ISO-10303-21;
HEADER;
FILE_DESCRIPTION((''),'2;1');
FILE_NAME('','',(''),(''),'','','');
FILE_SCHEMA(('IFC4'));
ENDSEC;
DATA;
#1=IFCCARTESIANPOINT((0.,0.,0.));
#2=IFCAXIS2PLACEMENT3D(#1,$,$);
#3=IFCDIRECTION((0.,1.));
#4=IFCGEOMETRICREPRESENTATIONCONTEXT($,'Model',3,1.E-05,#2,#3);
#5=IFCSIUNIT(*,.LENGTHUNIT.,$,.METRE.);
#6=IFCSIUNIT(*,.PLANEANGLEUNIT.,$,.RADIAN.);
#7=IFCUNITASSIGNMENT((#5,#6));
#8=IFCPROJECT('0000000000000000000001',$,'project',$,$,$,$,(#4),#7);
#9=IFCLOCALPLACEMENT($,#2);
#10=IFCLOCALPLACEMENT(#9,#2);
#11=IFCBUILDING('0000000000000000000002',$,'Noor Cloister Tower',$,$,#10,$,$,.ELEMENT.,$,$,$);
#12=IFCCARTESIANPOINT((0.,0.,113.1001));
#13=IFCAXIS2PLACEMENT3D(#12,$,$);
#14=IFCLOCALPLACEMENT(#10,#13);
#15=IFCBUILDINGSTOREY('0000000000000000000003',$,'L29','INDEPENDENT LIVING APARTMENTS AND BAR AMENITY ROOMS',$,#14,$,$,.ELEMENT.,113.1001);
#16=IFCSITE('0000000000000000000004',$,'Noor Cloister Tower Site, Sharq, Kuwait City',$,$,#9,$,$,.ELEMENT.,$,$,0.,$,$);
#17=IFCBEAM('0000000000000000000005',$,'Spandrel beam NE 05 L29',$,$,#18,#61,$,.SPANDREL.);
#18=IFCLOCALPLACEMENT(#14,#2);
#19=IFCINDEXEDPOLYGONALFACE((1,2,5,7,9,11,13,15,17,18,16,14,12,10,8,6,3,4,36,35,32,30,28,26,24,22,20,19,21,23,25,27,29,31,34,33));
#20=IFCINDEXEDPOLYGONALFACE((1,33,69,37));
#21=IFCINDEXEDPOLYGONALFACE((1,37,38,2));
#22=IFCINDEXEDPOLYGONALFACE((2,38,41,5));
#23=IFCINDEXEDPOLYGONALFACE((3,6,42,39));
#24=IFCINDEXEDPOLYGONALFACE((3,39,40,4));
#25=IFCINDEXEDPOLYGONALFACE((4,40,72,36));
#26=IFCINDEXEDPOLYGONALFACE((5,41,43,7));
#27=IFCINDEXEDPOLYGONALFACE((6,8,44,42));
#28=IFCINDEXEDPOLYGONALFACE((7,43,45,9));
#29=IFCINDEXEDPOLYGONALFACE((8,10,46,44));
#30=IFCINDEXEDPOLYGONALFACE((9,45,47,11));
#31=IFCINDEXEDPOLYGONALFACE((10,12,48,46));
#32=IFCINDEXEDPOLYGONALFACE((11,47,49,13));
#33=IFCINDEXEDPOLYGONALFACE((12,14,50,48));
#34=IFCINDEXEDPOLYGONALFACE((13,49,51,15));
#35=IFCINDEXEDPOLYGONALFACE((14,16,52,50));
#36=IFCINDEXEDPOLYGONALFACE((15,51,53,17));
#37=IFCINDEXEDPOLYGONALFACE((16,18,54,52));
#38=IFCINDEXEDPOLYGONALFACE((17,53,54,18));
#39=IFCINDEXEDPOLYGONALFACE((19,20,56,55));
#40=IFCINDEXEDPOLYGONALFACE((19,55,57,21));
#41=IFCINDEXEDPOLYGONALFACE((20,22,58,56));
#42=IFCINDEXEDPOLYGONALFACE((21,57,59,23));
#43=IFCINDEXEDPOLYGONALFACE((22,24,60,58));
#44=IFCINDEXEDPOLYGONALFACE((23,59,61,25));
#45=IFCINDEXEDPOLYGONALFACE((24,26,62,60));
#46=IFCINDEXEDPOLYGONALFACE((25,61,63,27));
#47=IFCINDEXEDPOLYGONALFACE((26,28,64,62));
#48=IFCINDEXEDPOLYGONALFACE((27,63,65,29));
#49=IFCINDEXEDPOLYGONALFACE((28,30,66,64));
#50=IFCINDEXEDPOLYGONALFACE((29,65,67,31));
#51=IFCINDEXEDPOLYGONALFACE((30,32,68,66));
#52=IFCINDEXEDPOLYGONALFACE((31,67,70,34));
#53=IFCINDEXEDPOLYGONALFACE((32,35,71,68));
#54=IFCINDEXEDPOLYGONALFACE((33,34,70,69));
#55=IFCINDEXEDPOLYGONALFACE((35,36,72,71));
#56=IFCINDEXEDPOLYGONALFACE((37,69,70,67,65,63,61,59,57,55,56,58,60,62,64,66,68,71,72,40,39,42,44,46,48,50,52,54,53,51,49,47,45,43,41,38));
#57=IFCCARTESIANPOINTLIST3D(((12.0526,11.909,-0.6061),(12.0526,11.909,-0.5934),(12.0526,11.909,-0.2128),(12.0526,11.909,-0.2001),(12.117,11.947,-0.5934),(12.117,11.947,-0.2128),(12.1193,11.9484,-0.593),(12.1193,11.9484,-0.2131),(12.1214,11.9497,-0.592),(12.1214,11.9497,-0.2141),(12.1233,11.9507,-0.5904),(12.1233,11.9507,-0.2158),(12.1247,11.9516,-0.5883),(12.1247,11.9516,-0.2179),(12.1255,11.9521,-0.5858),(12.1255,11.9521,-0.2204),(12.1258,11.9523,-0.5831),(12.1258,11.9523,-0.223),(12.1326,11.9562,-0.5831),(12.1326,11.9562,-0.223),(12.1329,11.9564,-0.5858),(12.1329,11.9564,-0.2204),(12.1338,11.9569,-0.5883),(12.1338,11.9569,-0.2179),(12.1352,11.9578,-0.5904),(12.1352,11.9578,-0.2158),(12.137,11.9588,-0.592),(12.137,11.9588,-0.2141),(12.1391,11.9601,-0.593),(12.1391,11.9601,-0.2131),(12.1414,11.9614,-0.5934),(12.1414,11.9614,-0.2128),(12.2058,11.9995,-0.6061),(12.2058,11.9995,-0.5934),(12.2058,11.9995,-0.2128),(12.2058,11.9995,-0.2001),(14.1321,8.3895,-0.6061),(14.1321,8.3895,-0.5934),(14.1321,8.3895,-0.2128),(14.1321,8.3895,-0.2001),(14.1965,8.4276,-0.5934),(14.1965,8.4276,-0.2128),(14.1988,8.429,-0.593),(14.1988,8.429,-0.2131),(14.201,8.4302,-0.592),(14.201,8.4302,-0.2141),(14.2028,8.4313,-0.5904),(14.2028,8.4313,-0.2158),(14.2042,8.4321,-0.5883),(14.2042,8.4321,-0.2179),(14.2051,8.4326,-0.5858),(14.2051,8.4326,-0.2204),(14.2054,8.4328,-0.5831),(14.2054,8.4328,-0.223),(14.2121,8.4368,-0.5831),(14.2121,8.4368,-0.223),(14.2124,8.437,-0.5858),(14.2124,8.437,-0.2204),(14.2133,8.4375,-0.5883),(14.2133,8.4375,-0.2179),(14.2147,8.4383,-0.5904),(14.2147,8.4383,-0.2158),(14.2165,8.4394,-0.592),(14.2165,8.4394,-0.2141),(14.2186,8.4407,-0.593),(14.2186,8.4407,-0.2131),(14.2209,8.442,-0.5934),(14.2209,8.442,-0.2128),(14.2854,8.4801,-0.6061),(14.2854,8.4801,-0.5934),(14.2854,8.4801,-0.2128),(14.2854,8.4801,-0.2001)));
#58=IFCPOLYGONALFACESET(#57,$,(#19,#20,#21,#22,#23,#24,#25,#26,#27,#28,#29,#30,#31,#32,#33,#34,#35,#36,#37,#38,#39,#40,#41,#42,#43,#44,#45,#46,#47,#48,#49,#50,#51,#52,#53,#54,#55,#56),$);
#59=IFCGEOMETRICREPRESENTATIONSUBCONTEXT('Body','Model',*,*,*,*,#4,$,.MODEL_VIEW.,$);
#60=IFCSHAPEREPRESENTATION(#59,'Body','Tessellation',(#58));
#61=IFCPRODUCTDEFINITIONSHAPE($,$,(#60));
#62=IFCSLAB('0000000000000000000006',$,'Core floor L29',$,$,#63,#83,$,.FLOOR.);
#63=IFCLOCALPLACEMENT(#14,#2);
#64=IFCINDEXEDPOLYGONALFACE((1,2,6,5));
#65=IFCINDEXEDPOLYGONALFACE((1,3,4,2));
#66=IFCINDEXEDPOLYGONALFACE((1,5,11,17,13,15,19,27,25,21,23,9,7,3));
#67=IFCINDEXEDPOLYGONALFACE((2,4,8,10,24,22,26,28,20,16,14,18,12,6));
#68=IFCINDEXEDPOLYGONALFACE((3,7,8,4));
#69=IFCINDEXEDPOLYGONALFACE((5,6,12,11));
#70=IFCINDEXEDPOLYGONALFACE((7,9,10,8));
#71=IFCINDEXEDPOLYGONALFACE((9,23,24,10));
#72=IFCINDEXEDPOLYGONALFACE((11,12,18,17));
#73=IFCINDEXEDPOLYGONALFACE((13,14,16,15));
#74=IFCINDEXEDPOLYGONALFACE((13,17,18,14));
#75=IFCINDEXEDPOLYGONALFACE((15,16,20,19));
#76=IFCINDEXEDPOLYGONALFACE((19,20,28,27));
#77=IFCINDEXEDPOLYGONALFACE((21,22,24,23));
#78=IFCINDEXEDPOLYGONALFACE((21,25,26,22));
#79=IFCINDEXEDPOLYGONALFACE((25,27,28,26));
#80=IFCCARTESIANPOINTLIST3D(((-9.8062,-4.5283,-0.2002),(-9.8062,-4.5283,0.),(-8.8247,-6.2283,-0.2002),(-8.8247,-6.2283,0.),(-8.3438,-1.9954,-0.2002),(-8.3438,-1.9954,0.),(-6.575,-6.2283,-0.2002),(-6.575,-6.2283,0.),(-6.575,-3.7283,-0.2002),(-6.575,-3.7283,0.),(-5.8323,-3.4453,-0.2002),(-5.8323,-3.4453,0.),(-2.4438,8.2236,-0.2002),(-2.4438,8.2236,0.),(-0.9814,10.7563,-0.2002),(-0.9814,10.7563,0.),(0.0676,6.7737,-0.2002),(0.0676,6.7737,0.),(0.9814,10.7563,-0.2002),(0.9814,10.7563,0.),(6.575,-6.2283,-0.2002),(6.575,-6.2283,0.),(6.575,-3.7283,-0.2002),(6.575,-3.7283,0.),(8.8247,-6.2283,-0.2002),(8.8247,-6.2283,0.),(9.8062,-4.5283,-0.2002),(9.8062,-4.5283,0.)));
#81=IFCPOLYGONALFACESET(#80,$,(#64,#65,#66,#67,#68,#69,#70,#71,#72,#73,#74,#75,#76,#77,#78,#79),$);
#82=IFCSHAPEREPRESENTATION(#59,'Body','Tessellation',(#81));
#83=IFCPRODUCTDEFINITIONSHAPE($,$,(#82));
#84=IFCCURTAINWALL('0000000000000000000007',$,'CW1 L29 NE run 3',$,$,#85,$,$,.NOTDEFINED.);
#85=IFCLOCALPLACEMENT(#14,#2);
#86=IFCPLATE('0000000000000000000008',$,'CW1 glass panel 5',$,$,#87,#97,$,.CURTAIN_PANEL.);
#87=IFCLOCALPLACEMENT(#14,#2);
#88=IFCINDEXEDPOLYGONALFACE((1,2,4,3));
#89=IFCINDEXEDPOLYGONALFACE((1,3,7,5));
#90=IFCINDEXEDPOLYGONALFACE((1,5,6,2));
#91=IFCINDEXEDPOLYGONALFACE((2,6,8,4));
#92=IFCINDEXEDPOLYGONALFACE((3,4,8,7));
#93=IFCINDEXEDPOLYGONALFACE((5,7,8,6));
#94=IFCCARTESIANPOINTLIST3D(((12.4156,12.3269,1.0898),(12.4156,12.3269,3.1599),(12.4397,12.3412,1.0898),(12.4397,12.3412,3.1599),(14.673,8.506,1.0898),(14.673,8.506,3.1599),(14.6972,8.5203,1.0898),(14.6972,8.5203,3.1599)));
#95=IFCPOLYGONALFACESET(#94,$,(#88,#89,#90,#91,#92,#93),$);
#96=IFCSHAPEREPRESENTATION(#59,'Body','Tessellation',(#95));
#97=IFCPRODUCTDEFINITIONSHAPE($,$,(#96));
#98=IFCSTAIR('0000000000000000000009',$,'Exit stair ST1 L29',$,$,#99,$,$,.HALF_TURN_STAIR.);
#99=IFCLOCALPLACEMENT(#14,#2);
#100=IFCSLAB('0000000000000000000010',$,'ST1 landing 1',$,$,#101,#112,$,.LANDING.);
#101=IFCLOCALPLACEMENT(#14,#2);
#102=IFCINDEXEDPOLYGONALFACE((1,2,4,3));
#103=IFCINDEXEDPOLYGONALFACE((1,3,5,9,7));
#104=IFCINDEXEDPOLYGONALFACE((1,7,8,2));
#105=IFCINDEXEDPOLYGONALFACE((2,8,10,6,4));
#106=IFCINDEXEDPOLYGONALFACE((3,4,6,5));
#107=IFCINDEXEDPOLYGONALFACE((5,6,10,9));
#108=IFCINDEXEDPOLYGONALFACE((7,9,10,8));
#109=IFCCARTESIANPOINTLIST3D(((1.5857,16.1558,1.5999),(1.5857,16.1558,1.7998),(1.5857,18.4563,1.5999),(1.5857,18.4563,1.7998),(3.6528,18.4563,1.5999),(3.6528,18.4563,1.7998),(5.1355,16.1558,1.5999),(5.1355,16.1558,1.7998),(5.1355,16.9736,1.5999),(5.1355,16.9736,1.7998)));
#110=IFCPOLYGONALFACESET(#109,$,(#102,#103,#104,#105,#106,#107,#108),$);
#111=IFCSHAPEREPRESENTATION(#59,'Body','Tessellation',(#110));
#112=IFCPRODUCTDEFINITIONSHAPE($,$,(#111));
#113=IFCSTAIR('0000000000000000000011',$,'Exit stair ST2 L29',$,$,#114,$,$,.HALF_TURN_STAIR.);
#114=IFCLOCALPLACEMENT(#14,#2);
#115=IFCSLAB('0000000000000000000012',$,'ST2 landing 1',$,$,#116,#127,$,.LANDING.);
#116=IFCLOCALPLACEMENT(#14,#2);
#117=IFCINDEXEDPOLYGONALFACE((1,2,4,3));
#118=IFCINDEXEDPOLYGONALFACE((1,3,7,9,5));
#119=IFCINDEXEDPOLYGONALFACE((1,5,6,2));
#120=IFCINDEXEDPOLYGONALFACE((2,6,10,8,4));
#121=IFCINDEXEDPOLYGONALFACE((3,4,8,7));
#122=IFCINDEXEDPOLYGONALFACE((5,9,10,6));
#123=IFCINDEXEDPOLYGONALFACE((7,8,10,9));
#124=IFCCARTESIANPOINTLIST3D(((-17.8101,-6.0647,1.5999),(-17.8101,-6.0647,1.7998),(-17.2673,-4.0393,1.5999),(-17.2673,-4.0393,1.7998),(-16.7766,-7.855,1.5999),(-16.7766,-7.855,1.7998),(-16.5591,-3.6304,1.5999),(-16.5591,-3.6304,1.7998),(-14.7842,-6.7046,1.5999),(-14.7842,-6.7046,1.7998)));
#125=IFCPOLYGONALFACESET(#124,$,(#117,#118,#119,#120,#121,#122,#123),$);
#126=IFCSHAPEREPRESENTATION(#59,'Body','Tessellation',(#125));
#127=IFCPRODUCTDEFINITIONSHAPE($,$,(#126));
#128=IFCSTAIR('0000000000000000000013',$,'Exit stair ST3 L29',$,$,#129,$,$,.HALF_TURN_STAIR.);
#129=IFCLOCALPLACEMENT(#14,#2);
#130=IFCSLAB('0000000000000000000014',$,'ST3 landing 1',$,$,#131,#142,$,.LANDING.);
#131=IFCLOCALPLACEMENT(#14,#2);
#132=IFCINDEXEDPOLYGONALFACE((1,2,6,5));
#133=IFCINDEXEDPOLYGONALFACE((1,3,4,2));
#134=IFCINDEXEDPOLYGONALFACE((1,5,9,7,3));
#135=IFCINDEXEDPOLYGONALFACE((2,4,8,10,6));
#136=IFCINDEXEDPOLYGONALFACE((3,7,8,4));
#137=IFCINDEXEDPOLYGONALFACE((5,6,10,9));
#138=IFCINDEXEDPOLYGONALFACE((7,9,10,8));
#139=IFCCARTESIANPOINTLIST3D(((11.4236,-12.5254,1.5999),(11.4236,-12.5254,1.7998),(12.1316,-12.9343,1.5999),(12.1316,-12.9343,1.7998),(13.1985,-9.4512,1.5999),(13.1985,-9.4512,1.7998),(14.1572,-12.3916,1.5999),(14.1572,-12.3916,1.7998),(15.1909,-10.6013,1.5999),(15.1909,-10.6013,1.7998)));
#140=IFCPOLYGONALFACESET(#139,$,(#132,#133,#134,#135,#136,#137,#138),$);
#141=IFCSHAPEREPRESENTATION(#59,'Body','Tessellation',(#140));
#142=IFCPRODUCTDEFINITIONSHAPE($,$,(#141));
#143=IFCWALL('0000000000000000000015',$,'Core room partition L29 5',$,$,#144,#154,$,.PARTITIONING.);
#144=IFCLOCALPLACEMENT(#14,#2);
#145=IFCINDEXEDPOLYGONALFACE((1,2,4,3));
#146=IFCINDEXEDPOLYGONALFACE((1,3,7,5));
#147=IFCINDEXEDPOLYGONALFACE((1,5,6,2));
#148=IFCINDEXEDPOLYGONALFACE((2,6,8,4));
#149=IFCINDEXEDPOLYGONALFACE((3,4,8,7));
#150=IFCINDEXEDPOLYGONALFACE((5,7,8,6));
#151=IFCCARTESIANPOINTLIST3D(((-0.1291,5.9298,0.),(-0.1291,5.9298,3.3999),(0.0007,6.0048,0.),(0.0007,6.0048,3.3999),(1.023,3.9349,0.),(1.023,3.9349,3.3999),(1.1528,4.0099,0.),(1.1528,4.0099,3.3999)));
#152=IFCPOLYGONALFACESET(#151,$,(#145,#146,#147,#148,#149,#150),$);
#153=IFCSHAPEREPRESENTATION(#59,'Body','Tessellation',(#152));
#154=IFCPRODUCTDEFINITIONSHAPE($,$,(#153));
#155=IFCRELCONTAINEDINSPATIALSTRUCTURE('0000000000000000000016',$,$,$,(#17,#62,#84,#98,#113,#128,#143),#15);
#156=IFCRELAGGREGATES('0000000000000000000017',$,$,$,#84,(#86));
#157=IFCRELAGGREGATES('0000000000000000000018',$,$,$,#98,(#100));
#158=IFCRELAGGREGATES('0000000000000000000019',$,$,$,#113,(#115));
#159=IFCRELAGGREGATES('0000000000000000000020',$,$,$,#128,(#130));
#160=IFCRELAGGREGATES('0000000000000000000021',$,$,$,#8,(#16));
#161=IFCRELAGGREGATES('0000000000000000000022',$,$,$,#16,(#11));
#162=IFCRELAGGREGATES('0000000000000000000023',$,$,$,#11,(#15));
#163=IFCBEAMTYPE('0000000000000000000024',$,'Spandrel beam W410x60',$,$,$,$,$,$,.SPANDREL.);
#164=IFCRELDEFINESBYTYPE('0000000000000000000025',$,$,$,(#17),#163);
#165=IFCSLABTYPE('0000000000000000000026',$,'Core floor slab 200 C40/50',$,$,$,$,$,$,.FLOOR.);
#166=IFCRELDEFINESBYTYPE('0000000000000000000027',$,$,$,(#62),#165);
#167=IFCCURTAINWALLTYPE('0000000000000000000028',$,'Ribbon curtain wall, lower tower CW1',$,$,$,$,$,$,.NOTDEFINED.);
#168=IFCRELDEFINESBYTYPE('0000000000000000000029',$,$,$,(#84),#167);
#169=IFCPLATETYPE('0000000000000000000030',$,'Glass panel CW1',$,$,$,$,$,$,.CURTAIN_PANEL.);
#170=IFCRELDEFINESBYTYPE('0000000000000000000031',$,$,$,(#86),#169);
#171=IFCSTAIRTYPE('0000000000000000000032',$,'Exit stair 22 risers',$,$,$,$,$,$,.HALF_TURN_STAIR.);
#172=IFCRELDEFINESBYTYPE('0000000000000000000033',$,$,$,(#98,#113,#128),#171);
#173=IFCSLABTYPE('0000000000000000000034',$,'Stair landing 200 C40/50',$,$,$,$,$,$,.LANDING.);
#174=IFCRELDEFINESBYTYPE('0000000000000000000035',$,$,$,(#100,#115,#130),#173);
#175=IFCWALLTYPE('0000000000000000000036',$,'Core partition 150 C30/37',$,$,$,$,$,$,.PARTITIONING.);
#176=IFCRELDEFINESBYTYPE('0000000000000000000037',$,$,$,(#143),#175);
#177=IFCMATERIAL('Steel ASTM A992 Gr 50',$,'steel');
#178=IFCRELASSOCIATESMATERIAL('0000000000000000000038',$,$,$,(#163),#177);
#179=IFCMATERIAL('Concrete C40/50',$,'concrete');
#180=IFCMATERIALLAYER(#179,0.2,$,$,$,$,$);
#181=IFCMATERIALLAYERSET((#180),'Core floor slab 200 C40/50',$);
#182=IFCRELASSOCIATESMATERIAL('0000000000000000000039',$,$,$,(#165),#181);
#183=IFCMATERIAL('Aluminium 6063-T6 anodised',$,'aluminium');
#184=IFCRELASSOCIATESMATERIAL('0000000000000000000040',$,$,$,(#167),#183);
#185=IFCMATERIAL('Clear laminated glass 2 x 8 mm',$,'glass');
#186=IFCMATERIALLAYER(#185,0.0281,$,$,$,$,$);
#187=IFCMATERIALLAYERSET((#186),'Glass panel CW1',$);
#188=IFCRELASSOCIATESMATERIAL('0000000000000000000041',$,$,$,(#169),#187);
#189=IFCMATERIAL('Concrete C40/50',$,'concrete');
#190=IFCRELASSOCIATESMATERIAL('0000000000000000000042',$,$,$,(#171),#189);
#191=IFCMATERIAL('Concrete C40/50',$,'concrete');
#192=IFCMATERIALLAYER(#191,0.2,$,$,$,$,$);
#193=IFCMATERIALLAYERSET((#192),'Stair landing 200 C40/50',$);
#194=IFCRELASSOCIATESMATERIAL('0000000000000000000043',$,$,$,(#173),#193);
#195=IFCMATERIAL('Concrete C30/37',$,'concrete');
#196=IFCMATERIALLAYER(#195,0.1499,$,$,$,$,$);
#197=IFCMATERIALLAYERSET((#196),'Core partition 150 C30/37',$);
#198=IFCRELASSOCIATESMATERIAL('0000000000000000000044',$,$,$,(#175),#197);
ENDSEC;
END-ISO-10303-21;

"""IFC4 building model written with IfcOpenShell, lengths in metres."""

from ifc_helpers import new_model, si_unit, direction, frame, frame_2d, origin, origin_2d, place, context, subcontext, project, spatial, polyline, rectangle, i_section, outline, extrude, material, layer, layer_set, material_profile, profile_set, type_object, element, aggregate, save


model = new_model("IFC4")

# Units and contexts
model_context = context("Model", 3, precision=1e-05, world=origin(), true_north=direction((0.0, 1.0)))
body_context = subcontext(model_context, "Body", "Model", "MODEL_VIEW")
ifc_project = project(units=[si_unit("LENGTHUNIT", "METRE"), si_unit("PLANEANGLEUNIT", "RADIAN")], contexts=[model_context])

# Site, building, storey
site_placement = place(None, origin())
site = spatial("IfcSite", under=ifc_project, at=site_placement, Name="Noor Cloister Tower Site, Sharq, Kuwait City", CompositionType="ELEMENT", RefElevation=0.0)
building_placement = place(site_placement, origin())
building = spatial("IfcBuilding", under=site, at=building_placement, Name="Noor Cloister Tower", CompositionType="ELEMENT")
storey_placement = place(building_placement, frame((0.0, 0.0, 113.1001)))
storey = spatial("IfcBuildingStorey", under=building, at=storey_placement, Name="L29", Description="INDEPENDENT LIVING APARTMENTS AND BAR AMENITY ROOMS", CompositionType="ELEMENT", Elevation=113.1001)

# Beam
ifc_material_1 = material(Name="Steel ASTM A992 Gr 50", Category="steel")
ifc_material_profile = material_profile(ifc_material_1, i_section(OverallWidth=0.178, OverallDepth=0.406, WebThickness=0.0078, FlangeThickness=0.0127, FilletRadius=0.0103, at=origin_2d()), Name="W410x60")
ifc_profile_set = profile_set([ifc_material_profile], Name="Steel ASTM A992 Gr 50")
beam_type = type_object("IfcBeamType", Name="Spandrel beam W410x60", PredefinedType="SPANDREL", material=ifc_profile_set)
beam_placement = place(storey_placement, frame((14.2087, 8.4348, -0.4031), z_axis=(-0.508705, 0.860941, 0.0), x_axis=(-0.860941, -0.508705, 0.0)))
element("IfcBeam", 1, at=beam_placement, inside=storey, type_object=beam_type, Name="Spandrel beam NE 05 L29", PredefinedType="SPANDREL", context=body_context, shape_type="SweptSolid", body=[
    extrude(i_section(OverallWidth=0.178, OverallDepth=0.406, WebThickness=0.0078, FlangeThickness=0.0127, FilletRadius=0.0103, at=origin_2d()), origin(), (0.0, 0.0, 1.0), 4.0879),
])

# Slab
ifc_material_2 = material(Name="Concrete C40/50", Category="concrete")
ifc_layer_1 = layer(ifc_material_2, 0.2)
ifc_layer_set_1 = layer_set([ifc_layer_1], Name="Core floor slab 200 C40/50")
slab_type_1 = type_object("IfcSlabType", Name="Core floor slab 200 C40/50", PredefinedType="FLOOR", material=ifc_layer_set_1)
slab_1_placement = place(storey_placement, frame((0.0, 0.0, -0.2002)))
element("IfcSlab", 2, at=slab_1_placement, inside=storey, type_object=slab_type_1, Name="Core floor L29", PredefinedType="FLOOR", context=body_context, shape_type="SweptSolid", body=[
    extrude(outline(polyline([(-6.575, -6.2283), (-6.575, -3.7283), (6.575, -3.7283), (6.575, -6.2283), (8.8247, -6.2283), (9.8062, -4.5283), (0.9814, 10.7563), (-0.9814, 10.7563), (-2.4438, 8.2236), (0.0676, 6.7737), (-5.8323, -3.4453), (-8.3438, -1.9954), (-9.8062, -4.5283), (-8.8247, -6.2283), (-6.575, -6.2283)])), origin(), (0.0, 0.0, 1.0), 0.2002),
])

# Curtain wall, plate
ifc_material_3 = material(Name="Aluminium 6063-T6 anodised", Category="aluminium")
curtain_wall_type = type_object("IfcCurtainWallType", Name="Ribbon curtain wall, lower tower CW1", PredefinedType="NOTDEFINED", material=ifc_material_3)
curtain_wall_placement = place(storey_placement, origin())
curtain_wall = element("IfcCurtainWall", 3, at=curtain_wall_placement, inside=storey, type_object=curtain_wall_type, Name="CW1 L29 NE run 3", PredefinedType="NOTDEFINED")
ifc_material_4 = material(Name="Clear laminated glass 2 x 8 mm", Category="glass")
ifc_layer_2 = layer(ifc_material_4, 0.0281)
ifc_layer_set_2 = layer_set([ifc_layer_2], Name="Glass panel CW1")
plate_type = type_object("IfcPlateType", Name="Glass panel CW1", PredefinedType="CURTAIN_PANEL", material=ifc_layer_set_2)
plate_placement = place(storey_placement, frame((13.5564, 10.4236, 1.0898), z_axis=(0.0, 0.0, 1.0), x_axis=(-0.508669, 0.860962, 0.0)))
plate = element("IfcPlate", 4, at=plate_placement, type_object=plate_type, Name="CW1 glass panel 5", PredefinedType="CURTAIN_PANEL", context=body_context, shape_type="SweptSolid", body=[
    extrude(rectangle(XDim=4.438, YDim=0.0281, at=origin_2d()), origin(), (0.0, 0.0, 1.0), 2.0701),
])
aggregate(curtain_wall, [plate])

# Stairs, slabs
ifc_material_5 = material(Name="Concrete C40/50", Category="concrete")
stair_type = type_object("IfcStairType", Name="Exit stair 22 risers", PredefinedType="HALF_TURN_STAIR", material=ifc_material_5)
stair_1_placement = place(storey_placement, origin())
stair_1 = element("IfcStair", 5, at=stair_1_placement, inside=storey, type_object=stair_type, Name="Exit stair ST1 L29", PredefinedType="HALF_TURN_STAIR")
ifc_material_6 = material(Name="Concrete C40/50", Category="concrete")
ifc_layer_3 = layer(ifc_material_6, 0.2)
ifc_layer_set_3 = layer_set([ifc_layer_3], Name="Stair landing 200 C40/50")
slab_type_2 = type_object("IfcSlabType", Name="Stair landing 200 C40/50", PredefinedType="LANDING", material=ifc_layer_set_3)
slab_2_placement = place(storey_placement, frame((0.0, 0.0, 1.5999)))
slab_2 = element("IfcSlab", 6, at=slab_2_placement, type_object=slab_type_2, Name="ST1 landing 1", PredefinedType="LANDING", context=body_context, shape_type="SweptSolid", body=[
    extrude(outline(polyline([(5.1355, 16.1558), (5.1355, 16.9736), (3.6528, 18.4563), (1.5857, 18.4563), (1.5857, 16.1558), (5.1355, 16.1558)])), origin(), (0.0, 0.0, 1.0), 0.2),
])
aggregate(stair_1, [slab_2])
stair_2_placement = place(storey_placement, origin())
stair_2 = element("IfcStair", 7, at=stair_2_placement, inside=storey, type_object=stair_type, Name="Exit stair ST2 L29", PredefinedType="HALF_TURN_STAIR")
slab_3_placement = place(storey_placement, frame((0.0, 0.0, 1.5999)))
slab_3 = element("IfcSlab", 8, at=slab_3_placement, type_object=slab_type_2, Name="ST2 landing 1", PredefinedType="LANDING", context=body_context, shape_type="SweptSolid", body=[
    extrude(outline(polyline([(-16.5591, -3.6304), (-17.2673, -4.0393), (-17.8101, -6.0647), (-16.7766, -7.855), (-14.7842, -6.7046), (-16.5591, -3.6304)])), origin(), (0.0, 0.0, 1.0), 0.2),
])
aggregate(stair_2, [slab_3])
stair_3_placement = place(storey_placement, origin())
stair_3 = element("IfcStair", 9, at=stair_3_placement, inside=storey, type_object=stair_type, Name="Exit stair ST3 L29", PredefinedType="HALF_TURN_STAIR")
slab_4_placement = place(storey_placement, frame((0.0, 0.0, 1.5999)))
slab_4 = element("IfcSlab", 10, at=slab_4_placement, type_object=slab_type_2, Name="ST3 landing 1", PredefinedType="LANDING", context=body_context, shape_type="SweptSolid", body=[
    extrude(outline(polyline([(11.4236, -12.5254), (12.1316, -12.9343), (14.1572, -12.3916), (15.1909, -10.6013), (13.1985, -9.4512), (11.4236, -12.5254)])), origin(), (0.0, 0.0, 1.0), 0.2),
])
aggregate(stair_3, [slab_4])

# Wall
ifc_material_7 = material(Name="Concrete C30/37", Category="concrete")
ifc_layer_4 = layer(ifc_material_7, 0.1499)
ifc_layer_set_4 = layer_set([ifc_layer_4], Name="Core partition 150 C30/37")
wall_type_1 = type_object("IfcWallType", Name="Core partition 150 C30/37", PredefinedType="PARTITIONING", material=ifc_layer_set_4)
wall_1_placement = place(storey_placement, frame((1.0879, 3.9724, 0.0), z_axis=(0.0, 0.0, 1.0), x_axis=(-0.500117, 0.865958, 0.0)))
element("IfcWall", 11, at=wall_1_placement, inside=storey, type_object=wall_type_1, Name="Core room partition L29 5", PredefinedType="PARTITIONING", context=body_context, shape_type="SweptSolid", body=[
    extrude(rectangle(XDim=2.3037, YDim=0.1499, at=frame_2d((1.1519, 0.0))), origin(), (0.0, 0.0, 1.0), 3.3999),
])

save(model, "model.ifc")
